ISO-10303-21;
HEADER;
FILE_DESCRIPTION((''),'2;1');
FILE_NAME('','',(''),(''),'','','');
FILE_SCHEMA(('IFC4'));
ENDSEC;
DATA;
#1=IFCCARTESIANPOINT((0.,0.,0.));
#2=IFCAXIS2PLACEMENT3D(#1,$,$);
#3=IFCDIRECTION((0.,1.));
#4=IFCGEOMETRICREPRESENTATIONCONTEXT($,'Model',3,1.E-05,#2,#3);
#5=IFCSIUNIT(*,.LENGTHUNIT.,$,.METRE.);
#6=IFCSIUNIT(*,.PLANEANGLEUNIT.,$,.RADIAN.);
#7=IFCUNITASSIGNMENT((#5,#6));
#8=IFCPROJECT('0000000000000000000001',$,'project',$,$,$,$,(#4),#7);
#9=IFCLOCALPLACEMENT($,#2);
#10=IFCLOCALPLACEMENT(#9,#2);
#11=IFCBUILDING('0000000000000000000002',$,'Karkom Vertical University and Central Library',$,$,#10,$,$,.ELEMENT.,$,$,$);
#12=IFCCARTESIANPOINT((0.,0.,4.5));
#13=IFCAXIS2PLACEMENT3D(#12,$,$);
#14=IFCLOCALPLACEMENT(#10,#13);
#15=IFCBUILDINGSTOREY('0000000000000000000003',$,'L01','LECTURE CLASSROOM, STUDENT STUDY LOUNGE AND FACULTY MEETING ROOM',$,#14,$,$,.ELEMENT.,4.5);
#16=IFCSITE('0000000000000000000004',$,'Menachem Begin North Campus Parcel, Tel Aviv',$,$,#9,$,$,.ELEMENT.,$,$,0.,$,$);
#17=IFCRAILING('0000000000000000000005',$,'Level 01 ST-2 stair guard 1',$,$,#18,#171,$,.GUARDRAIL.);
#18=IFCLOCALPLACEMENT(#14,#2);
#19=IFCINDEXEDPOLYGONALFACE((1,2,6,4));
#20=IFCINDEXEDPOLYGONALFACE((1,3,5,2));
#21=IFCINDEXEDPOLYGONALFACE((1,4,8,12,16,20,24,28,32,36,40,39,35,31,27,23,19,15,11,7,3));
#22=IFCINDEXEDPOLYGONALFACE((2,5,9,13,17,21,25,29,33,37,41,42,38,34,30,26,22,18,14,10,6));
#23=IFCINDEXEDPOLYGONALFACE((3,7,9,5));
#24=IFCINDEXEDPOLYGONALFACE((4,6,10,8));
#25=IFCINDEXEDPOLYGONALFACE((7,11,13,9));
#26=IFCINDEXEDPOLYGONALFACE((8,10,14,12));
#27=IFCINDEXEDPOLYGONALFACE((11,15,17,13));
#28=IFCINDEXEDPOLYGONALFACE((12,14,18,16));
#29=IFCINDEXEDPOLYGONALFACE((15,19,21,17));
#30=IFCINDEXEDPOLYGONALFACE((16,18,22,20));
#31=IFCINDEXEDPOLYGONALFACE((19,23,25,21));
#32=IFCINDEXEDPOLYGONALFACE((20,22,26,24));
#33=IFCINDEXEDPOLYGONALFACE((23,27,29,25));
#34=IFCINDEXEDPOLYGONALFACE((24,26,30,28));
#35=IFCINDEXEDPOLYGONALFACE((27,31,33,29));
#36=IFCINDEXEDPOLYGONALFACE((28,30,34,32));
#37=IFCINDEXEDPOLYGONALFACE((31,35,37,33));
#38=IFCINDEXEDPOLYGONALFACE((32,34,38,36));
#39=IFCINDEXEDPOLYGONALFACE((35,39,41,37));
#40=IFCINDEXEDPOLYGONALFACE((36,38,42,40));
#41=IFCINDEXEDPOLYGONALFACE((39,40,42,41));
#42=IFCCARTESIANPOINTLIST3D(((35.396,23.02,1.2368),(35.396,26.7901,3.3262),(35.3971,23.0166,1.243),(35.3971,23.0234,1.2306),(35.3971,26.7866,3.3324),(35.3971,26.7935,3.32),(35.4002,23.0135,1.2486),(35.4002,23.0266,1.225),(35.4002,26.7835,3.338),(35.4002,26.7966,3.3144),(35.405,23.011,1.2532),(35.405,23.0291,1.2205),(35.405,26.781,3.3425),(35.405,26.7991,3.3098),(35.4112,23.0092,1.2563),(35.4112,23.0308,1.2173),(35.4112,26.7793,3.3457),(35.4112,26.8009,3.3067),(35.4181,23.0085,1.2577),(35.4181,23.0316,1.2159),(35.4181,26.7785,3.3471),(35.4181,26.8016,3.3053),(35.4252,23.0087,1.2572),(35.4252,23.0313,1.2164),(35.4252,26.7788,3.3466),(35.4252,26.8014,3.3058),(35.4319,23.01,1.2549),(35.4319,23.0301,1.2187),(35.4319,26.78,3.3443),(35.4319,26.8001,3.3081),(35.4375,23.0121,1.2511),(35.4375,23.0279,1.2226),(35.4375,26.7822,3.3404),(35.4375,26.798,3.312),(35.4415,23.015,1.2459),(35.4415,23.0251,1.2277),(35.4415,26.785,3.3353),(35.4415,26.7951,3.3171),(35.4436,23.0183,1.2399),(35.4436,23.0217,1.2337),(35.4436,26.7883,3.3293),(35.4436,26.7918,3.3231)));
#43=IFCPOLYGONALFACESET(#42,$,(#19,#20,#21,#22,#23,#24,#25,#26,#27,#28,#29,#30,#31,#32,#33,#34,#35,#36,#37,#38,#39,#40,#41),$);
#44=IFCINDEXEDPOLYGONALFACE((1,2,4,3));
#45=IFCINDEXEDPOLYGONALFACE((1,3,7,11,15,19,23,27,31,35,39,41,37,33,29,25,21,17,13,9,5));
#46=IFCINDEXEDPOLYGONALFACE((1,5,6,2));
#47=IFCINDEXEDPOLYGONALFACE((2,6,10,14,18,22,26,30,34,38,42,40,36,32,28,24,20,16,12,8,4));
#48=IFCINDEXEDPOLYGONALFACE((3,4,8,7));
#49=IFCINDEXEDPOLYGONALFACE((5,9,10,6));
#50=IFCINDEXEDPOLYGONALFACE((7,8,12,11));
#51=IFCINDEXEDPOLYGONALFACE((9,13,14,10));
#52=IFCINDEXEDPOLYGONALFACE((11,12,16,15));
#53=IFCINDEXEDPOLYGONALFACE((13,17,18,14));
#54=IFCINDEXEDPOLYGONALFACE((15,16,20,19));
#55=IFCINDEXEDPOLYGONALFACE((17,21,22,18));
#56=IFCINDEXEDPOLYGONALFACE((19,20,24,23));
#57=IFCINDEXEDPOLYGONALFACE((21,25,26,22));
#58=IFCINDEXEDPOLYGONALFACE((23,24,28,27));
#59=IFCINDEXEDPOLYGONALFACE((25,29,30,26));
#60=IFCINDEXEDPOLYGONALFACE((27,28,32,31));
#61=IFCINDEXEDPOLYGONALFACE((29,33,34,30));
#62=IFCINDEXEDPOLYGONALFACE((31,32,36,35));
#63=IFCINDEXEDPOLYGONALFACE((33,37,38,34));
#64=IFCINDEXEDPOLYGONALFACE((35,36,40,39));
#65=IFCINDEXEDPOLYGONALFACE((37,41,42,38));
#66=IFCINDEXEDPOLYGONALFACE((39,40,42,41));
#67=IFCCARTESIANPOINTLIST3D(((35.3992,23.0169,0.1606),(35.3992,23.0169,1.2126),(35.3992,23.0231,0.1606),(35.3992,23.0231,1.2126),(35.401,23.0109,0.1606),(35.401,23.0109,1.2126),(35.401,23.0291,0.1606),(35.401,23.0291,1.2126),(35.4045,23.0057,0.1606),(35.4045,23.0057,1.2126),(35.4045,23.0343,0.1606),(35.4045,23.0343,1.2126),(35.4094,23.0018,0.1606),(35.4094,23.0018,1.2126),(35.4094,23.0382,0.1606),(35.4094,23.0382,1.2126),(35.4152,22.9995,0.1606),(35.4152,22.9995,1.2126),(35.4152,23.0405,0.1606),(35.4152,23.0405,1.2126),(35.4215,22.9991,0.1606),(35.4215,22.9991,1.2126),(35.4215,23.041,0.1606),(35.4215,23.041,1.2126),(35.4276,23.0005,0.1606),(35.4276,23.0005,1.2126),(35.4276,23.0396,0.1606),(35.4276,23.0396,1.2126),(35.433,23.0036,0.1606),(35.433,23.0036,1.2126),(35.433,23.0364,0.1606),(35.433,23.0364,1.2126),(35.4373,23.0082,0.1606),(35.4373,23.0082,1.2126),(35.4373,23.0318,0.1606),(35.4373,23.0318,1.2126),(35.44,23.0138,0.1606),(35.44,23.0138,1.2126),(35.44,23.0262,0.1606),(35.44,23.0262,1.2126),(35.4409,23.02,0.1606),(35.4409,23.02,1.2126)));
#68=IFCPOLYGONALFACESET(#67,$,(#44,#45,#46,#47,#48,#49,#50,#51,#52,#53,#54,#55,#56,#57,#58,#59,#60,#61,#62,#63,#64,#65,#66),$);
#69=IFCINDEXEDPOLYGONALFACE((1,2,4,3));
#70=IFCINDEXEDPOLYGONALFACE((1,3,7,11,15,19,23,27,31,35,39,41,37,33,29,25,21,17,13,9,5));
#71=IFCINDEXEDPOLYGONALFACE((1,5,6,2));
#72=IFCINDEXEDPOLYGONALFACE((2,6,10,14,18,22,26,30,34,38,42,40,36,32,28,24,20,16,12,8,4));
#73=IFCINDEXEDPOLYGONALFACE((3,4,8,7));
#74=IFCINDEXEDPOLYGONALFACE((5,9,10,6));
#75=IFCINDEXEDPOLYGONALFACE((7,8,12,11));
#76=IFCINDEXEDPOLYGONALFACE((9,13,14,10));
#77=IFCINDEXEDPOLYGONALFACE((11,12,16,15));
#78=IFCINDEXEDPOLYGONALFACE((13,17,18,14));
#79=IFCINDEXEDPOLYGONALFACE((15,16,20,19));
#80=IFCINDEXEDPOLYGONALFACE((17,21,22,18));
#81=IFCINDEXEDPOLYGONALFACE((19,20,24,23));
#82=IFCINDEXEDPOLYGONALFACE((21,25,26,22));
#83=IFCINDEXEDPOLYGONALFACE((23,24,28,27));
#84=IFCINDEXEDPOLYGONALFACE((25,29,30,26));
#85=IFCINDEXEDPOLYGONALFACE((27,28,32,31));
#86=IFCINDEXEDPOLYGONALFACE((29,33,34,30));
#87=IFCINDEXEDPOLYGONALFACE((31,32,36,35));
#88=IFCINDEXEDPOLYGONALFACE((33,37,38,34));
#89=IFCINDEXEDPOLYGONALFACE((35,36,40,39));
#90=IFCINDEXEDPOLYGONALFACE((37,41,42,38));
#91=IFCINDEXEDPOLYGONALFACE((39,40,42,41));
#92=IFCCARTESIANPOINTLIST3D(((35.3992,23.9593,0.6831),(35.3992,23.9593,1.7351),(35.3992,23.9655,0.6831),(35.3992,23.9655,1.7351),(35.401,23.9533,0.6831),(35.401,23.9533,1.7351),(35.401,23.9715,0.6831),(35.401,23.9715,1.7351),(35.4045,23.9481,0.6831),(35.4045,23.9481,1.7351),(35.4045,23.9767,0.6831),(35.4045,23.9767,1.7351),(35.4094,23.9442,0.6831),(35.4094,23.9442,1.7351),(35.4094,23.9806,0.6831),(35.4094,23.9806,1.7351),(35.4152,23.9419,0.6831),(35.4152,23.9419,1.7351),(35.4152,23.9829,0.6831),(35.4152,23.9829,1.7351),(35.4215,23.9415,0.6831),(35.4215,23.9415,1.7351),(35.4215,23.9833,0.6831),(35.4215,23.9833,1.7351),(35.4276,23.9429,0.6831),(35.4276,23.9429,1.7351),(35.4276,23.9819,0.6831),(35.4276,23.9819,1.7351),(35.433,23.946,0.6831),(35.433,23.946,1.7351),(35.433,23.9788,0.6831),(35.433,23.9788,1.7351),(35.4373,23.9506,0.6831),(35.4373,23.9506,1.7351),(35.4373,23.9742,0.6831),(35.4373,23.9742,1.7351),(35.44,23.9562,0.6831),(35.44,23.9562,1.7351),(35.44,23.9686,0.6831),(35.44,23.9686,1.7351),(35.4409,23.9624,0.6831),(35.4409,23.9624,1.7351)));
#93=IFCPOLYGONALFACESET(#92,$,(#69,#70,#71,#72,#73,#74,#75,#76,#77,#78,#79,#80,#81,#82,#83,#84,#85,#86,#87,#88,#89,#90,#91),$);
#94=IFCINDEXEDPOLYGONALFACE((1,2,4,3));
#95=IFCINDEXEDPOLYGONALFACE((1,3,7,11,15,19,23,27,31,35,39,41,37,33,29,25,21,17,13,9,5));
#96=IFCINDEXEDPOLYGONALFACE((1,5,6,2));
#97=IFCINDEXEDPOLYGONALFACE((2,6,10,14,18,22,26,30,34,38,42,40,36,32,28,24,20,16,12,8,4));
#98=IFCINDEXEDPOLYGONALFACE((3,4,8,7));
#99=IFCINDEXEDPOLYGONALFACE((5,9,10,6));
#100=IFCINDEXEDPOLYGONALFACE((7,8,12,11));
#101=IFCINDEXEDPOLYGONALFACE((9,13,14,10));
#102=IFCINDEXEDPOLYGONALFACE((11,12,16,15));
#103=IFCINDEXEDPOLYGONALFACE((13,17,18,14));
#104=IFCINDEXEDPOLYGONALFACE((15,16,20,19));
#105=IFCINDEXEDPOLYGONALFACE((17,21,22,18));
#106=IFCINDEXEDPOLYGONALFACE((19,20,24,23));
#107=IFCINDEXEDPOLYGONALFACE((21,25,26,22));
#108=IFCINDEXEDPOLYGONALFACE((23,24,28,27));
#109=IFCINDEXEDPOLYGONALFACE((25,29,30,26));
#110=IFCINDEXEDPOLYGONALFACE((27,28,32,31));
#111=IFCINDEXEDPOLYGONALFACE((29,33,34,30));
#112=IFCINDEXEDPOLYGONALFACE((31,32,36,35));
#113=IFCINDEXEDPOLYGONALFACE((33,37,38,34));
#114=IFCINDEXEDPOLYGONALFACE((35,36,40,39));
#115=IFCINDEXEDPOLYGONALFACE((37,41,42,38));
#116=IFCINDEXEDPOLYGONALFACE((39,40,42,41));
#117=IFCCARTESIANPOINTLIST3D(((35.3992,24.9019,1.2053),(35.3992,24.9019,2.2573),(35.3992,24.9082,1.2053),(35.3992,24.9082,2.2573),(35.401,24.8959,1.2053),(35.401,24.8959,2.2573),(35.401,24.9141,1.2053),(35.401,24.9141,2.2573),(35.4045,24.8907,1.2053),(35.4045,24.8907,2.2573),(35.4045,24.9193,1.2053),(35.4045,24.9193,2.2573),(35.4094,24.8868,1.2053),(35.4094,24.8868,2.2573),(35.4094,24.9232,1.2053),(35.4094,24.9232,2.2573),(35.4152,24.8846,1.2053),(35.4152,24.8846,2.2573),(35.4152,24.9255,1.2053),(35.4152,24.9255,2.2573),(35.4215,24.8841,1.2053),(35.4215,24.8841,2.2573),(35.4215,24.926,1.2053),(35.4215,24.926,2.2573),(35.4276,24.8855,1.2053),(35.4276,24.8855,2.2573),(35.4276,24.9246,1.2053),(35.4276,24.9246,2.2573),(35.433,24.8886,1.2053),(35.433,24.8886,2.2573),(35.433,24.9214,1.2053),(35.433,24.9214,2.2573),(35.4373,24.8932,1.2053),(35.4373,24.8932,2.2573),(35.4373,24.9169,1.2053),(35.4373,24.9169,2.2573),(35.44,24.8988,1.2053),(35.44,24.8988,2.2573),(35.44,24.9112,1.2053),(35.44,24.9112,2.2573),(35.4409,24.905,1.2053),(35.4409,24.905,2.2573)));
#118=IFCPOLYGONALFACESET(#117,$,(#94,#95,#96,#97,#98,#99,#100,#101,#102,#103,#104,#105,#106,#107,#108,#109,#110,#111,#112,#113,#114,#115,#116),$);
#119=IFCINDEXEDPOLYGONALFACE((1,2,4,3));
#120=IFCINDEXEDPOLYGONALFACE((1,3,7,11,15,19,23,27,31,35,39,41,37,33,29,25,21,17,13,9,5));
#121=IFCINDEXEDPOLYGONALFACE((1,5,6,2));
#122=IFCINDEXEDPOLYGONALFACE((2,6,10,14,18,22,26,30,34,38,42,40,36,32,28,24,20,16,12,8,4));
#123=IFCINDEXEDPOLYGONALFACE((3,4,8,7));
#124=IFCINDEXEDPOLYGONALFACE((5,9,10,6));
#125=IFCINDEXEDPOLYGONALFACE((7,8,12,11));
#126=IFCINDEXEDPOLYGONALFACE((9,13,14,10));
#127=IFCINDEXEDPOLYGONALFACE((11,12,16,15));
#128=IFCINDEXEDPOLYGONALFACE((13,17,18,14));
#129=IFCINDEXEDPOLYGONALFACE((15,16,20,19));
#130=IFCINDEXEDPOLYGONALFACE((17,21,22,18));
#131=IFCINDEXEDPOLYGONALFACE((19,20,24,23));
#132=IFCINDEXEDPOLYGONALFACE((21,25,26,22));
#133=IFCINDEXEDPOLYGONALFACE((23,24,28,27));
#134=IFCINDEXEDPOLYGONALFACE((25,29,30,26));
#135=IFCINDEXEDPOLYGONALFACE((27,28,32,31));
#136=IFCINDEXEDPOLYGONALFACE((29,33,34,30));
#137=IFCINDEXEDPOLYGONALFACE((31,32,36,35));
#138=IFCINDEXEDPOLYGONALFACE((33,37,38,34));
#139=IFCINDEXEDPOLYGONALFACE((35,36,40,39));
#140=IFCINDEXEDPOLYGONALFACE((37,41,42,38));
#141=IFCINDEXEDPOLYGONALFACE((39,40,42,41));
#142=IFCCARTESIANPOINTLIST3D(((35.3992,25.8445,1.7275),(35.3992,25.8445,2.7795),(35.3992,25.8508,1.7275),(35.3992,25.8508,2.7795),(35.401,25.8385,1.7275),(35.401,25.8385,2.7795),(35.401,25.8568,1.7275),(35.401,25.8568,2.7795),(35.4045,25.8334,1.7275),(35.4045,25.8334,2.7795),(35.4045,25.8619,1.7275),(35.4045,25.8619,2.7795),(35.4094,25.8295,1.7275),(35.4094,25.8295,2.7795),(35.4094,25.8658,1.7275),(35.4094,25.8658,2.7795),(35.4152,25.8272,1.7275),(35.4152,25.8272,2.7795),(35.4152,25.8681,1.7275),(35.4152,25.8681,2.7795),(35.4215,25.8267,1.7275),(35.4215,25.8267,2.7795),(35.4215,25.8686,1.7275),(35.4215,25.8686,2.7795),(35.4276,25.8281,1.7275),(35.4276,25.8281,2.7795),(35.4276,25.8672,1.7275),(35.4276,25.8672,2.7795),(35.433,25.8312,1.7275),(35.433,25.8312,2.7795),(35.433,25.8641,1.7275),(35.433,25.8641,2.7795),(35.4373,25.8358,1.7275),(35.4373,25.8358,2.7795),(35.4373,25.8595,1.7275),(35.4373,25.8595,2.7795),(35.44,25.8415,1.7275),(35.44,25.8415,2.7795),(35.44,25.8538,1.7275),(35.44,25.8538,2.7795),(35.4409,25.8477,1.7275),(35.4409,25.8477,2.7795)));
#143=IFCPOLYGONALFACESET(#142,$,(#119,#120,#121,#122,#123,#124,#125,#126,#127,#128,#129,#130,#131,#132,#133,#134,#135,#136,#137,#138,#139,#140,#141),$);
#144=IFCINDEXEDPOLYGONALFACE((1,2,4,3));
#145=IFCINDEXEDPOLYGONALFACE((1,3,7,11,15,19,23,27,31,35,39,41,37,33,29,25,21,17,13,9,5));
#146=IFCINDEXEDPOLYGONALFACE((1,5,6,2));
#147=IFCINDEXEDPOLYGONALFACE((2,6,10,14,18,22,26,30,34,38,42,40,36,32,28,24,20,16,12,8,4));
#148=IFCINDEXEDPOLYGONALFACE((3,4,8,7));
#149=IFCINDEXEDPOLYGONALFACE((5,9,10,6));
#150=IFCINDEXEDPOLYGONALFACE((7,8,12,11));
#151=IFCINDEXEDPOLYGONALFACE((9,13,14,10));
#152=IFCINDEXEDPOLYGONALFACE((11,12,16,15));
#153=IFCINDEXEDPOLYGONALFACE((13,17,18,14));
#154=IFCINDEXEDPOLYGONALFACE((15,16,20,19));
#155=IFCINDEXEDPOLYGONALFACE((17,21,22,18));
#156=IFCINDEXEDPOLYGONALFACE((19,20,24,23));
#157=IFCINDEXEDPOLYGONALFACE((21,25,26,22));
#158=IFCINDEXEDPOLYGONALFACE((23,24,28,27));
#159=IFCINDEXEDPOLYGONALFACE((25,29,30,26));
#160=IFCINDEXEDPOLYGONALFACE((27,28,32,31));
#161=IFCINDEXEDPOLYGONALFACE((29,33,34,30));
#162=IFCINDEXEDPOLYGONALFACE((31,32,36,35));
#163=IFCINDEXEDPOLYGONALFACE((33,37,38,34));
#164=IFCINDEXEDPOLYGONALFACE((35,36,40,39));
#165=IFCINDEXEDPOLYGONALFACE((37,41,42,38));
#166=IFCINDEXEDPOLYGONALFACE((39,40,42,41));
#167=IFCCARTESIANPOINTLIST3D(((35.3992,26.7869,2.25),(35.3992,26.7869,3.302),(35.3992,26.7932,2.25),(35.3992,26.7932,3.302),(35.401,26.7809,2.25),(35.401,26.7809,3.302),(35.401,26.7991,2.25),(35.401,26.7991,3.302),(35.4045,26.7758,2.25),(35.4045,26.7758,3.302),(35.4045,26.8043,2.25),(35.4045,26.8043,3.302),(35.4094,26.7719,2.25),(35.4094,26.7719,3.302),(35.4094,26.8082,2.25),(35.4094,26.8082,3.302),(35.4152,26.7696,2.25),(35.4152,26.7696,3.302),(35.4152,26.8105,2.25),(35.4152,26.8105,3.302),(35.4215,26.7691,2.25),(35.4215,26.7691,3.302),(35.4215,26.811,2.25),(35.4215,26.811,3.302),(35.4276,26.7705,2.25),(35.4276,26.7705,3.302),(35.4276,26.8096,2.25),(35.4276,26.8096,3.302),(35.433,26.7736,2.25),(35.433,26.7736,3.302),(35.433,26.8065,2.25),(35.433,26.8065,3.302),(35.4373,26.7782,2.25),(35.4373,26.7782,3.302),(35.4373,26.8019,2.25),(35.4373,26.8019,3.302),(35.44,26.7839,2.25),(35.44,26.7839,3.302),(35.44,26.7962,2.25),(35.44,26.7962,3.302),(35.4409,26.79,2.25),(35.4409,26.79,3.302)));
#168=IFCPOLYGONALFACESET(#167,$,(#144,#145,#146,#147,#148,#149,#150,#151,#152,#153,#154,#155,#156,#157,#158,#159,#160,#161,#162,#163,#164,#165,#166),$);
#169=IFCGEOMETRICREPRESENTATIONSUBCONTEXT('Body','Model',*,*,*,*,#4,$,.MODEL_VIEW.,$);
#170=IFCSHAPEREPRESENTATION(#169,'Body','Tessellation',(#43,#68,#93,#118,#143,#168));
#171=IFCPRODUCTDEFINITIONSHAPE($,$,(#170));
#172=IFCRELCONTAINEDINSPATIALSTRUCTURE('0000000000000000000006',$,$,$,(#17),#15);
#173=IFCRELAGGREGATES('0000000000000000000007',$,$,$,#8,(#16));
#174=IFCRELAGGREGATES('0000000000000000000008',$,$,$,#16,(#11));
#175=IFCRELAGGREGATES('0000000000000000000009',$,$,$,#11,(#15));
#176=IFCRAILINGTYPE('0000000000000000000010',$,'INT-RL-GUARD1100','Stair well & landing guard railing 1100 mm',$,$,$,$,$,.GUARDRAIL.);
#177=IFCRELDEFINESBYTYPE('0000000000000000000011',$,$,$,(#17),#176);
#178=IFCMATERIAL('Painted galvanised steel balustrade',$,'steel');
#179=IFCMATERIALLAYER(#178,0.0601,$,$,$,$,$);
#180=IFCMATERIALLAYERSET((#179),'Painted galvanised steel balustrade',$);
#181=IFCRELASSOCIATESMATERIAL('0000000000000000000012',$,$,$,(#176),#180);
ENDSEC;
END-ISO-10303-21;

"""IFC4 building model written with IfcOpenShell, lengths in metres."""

from ifc_helpers import new_model, si_unit, direction, frame, origin, origin_2d, place, context, subcontext, project, spatial, circle, extrude, material, layer, layer_set, type_object, element, save


model = new_model("IFC4")

# Units and contexts
model_context = context("Model", 3, precision=1e-05, world=origin(), true_north=direction((0.0, 1.0)))
body_context = subcontext(model_context, "Body", "Model", "MODEL_VIEW")
ifc_project = project(units=[si_unit("LENGTHUNIT", "METRE"), si_unit("PLANEANGLEUNIT", "RADIAN")], contexts=[model_context])

# Site, building, storey
site_placement = place(None, origin())
site = spatial("IfcSite", under=ifc_project, at=site_placement, Name="Menachem Begin North Campus Parcel, Tel Aviv", CompositionType="ELEMENT", RefElevation=0.0)
building_placement = place(site_placement, origin())
building = spatial("IfcBuilding", under=site, at=building_placement, Name="Karkom Vertical University and Central Library", CompositionType="ELEMENT")
storey_placement = place(building_placement, frame((0.0, 0.0, 4.5)))
storey = spatial("IfcBuildingStorey", under=building, at=storey_placement, Name="L01", Description="LECTURE CLASSROOM, STUDENT STUDY LOUNGE AND FACULTY MEETING ROOM", CompositionType="ELEMENT", Elevation=4.5)

# Railing
ifc_material_1 = material(Name="Painted galvanised steel balustrade", Category="steel")
ifc_layer_1 = layer(ifc_material_1, 0.0601)
ifc_layer_set_1 = layer_set([ifc_layer_1], Name="Painted galvanised steel balustrade")
railing_type = type_object("IfcRailingType", Name="INT-RL-GUARD1100", Description="Stair well & landing guard railing 1100 mm", PredefinedType="GUARDRAIL", material=ifc_layer_set_1)
railing_1_placement = place(storey_placement, frame((35.4199, 23.02, 0.1606)))
element("IfcRailing", 1, at=railing_1_placement, inside=storey, type_object=railing_type, Name="Level 01 ST-2 stair guard 1", PredefinedType="GUARDRAIL", context=body_context, shape_type="SweptSolid", body=[
    extrude(circle(Radius=0.0239, at=origin_2d()), frame((0.0, 0.0, 1.0762), z_axis=(0.0, 0.874659, 0.484739), x_axis=(-1.0, 0.0, 0.0)), (0.0, 0.0, 1.0), 4.3103),
    extrude(circle(Radius=0.021, at=origin_2d()), origin(), (0.0, 0.0, 1.0), 1.052),
    extrude(circle(Radius=0.021, at=origin_2d()), frame((0.0, 0.9424, 0.5225)), (0.0, 0.0, 1.0), 1.052),
    extrude(circle(Radius=0.021, at=origin_2d()), frame((0.0, 1.885, 1.0447)), (0.0, 0.0, 1.0), 1.052),
    extrude(circle(Radius=0.021, at=origin_2d()), frame((0.0, 2.8276, 1.5669)), (0.0, 0.0, 1.0), 1.052),
    extrude(circle(Radius=0.021, at=origin_2d()), frame((0.0, 3.77, 2.0894)), (0.0, 0.0, 1.0), 1.052),
])

save(model, "model.ifc")
